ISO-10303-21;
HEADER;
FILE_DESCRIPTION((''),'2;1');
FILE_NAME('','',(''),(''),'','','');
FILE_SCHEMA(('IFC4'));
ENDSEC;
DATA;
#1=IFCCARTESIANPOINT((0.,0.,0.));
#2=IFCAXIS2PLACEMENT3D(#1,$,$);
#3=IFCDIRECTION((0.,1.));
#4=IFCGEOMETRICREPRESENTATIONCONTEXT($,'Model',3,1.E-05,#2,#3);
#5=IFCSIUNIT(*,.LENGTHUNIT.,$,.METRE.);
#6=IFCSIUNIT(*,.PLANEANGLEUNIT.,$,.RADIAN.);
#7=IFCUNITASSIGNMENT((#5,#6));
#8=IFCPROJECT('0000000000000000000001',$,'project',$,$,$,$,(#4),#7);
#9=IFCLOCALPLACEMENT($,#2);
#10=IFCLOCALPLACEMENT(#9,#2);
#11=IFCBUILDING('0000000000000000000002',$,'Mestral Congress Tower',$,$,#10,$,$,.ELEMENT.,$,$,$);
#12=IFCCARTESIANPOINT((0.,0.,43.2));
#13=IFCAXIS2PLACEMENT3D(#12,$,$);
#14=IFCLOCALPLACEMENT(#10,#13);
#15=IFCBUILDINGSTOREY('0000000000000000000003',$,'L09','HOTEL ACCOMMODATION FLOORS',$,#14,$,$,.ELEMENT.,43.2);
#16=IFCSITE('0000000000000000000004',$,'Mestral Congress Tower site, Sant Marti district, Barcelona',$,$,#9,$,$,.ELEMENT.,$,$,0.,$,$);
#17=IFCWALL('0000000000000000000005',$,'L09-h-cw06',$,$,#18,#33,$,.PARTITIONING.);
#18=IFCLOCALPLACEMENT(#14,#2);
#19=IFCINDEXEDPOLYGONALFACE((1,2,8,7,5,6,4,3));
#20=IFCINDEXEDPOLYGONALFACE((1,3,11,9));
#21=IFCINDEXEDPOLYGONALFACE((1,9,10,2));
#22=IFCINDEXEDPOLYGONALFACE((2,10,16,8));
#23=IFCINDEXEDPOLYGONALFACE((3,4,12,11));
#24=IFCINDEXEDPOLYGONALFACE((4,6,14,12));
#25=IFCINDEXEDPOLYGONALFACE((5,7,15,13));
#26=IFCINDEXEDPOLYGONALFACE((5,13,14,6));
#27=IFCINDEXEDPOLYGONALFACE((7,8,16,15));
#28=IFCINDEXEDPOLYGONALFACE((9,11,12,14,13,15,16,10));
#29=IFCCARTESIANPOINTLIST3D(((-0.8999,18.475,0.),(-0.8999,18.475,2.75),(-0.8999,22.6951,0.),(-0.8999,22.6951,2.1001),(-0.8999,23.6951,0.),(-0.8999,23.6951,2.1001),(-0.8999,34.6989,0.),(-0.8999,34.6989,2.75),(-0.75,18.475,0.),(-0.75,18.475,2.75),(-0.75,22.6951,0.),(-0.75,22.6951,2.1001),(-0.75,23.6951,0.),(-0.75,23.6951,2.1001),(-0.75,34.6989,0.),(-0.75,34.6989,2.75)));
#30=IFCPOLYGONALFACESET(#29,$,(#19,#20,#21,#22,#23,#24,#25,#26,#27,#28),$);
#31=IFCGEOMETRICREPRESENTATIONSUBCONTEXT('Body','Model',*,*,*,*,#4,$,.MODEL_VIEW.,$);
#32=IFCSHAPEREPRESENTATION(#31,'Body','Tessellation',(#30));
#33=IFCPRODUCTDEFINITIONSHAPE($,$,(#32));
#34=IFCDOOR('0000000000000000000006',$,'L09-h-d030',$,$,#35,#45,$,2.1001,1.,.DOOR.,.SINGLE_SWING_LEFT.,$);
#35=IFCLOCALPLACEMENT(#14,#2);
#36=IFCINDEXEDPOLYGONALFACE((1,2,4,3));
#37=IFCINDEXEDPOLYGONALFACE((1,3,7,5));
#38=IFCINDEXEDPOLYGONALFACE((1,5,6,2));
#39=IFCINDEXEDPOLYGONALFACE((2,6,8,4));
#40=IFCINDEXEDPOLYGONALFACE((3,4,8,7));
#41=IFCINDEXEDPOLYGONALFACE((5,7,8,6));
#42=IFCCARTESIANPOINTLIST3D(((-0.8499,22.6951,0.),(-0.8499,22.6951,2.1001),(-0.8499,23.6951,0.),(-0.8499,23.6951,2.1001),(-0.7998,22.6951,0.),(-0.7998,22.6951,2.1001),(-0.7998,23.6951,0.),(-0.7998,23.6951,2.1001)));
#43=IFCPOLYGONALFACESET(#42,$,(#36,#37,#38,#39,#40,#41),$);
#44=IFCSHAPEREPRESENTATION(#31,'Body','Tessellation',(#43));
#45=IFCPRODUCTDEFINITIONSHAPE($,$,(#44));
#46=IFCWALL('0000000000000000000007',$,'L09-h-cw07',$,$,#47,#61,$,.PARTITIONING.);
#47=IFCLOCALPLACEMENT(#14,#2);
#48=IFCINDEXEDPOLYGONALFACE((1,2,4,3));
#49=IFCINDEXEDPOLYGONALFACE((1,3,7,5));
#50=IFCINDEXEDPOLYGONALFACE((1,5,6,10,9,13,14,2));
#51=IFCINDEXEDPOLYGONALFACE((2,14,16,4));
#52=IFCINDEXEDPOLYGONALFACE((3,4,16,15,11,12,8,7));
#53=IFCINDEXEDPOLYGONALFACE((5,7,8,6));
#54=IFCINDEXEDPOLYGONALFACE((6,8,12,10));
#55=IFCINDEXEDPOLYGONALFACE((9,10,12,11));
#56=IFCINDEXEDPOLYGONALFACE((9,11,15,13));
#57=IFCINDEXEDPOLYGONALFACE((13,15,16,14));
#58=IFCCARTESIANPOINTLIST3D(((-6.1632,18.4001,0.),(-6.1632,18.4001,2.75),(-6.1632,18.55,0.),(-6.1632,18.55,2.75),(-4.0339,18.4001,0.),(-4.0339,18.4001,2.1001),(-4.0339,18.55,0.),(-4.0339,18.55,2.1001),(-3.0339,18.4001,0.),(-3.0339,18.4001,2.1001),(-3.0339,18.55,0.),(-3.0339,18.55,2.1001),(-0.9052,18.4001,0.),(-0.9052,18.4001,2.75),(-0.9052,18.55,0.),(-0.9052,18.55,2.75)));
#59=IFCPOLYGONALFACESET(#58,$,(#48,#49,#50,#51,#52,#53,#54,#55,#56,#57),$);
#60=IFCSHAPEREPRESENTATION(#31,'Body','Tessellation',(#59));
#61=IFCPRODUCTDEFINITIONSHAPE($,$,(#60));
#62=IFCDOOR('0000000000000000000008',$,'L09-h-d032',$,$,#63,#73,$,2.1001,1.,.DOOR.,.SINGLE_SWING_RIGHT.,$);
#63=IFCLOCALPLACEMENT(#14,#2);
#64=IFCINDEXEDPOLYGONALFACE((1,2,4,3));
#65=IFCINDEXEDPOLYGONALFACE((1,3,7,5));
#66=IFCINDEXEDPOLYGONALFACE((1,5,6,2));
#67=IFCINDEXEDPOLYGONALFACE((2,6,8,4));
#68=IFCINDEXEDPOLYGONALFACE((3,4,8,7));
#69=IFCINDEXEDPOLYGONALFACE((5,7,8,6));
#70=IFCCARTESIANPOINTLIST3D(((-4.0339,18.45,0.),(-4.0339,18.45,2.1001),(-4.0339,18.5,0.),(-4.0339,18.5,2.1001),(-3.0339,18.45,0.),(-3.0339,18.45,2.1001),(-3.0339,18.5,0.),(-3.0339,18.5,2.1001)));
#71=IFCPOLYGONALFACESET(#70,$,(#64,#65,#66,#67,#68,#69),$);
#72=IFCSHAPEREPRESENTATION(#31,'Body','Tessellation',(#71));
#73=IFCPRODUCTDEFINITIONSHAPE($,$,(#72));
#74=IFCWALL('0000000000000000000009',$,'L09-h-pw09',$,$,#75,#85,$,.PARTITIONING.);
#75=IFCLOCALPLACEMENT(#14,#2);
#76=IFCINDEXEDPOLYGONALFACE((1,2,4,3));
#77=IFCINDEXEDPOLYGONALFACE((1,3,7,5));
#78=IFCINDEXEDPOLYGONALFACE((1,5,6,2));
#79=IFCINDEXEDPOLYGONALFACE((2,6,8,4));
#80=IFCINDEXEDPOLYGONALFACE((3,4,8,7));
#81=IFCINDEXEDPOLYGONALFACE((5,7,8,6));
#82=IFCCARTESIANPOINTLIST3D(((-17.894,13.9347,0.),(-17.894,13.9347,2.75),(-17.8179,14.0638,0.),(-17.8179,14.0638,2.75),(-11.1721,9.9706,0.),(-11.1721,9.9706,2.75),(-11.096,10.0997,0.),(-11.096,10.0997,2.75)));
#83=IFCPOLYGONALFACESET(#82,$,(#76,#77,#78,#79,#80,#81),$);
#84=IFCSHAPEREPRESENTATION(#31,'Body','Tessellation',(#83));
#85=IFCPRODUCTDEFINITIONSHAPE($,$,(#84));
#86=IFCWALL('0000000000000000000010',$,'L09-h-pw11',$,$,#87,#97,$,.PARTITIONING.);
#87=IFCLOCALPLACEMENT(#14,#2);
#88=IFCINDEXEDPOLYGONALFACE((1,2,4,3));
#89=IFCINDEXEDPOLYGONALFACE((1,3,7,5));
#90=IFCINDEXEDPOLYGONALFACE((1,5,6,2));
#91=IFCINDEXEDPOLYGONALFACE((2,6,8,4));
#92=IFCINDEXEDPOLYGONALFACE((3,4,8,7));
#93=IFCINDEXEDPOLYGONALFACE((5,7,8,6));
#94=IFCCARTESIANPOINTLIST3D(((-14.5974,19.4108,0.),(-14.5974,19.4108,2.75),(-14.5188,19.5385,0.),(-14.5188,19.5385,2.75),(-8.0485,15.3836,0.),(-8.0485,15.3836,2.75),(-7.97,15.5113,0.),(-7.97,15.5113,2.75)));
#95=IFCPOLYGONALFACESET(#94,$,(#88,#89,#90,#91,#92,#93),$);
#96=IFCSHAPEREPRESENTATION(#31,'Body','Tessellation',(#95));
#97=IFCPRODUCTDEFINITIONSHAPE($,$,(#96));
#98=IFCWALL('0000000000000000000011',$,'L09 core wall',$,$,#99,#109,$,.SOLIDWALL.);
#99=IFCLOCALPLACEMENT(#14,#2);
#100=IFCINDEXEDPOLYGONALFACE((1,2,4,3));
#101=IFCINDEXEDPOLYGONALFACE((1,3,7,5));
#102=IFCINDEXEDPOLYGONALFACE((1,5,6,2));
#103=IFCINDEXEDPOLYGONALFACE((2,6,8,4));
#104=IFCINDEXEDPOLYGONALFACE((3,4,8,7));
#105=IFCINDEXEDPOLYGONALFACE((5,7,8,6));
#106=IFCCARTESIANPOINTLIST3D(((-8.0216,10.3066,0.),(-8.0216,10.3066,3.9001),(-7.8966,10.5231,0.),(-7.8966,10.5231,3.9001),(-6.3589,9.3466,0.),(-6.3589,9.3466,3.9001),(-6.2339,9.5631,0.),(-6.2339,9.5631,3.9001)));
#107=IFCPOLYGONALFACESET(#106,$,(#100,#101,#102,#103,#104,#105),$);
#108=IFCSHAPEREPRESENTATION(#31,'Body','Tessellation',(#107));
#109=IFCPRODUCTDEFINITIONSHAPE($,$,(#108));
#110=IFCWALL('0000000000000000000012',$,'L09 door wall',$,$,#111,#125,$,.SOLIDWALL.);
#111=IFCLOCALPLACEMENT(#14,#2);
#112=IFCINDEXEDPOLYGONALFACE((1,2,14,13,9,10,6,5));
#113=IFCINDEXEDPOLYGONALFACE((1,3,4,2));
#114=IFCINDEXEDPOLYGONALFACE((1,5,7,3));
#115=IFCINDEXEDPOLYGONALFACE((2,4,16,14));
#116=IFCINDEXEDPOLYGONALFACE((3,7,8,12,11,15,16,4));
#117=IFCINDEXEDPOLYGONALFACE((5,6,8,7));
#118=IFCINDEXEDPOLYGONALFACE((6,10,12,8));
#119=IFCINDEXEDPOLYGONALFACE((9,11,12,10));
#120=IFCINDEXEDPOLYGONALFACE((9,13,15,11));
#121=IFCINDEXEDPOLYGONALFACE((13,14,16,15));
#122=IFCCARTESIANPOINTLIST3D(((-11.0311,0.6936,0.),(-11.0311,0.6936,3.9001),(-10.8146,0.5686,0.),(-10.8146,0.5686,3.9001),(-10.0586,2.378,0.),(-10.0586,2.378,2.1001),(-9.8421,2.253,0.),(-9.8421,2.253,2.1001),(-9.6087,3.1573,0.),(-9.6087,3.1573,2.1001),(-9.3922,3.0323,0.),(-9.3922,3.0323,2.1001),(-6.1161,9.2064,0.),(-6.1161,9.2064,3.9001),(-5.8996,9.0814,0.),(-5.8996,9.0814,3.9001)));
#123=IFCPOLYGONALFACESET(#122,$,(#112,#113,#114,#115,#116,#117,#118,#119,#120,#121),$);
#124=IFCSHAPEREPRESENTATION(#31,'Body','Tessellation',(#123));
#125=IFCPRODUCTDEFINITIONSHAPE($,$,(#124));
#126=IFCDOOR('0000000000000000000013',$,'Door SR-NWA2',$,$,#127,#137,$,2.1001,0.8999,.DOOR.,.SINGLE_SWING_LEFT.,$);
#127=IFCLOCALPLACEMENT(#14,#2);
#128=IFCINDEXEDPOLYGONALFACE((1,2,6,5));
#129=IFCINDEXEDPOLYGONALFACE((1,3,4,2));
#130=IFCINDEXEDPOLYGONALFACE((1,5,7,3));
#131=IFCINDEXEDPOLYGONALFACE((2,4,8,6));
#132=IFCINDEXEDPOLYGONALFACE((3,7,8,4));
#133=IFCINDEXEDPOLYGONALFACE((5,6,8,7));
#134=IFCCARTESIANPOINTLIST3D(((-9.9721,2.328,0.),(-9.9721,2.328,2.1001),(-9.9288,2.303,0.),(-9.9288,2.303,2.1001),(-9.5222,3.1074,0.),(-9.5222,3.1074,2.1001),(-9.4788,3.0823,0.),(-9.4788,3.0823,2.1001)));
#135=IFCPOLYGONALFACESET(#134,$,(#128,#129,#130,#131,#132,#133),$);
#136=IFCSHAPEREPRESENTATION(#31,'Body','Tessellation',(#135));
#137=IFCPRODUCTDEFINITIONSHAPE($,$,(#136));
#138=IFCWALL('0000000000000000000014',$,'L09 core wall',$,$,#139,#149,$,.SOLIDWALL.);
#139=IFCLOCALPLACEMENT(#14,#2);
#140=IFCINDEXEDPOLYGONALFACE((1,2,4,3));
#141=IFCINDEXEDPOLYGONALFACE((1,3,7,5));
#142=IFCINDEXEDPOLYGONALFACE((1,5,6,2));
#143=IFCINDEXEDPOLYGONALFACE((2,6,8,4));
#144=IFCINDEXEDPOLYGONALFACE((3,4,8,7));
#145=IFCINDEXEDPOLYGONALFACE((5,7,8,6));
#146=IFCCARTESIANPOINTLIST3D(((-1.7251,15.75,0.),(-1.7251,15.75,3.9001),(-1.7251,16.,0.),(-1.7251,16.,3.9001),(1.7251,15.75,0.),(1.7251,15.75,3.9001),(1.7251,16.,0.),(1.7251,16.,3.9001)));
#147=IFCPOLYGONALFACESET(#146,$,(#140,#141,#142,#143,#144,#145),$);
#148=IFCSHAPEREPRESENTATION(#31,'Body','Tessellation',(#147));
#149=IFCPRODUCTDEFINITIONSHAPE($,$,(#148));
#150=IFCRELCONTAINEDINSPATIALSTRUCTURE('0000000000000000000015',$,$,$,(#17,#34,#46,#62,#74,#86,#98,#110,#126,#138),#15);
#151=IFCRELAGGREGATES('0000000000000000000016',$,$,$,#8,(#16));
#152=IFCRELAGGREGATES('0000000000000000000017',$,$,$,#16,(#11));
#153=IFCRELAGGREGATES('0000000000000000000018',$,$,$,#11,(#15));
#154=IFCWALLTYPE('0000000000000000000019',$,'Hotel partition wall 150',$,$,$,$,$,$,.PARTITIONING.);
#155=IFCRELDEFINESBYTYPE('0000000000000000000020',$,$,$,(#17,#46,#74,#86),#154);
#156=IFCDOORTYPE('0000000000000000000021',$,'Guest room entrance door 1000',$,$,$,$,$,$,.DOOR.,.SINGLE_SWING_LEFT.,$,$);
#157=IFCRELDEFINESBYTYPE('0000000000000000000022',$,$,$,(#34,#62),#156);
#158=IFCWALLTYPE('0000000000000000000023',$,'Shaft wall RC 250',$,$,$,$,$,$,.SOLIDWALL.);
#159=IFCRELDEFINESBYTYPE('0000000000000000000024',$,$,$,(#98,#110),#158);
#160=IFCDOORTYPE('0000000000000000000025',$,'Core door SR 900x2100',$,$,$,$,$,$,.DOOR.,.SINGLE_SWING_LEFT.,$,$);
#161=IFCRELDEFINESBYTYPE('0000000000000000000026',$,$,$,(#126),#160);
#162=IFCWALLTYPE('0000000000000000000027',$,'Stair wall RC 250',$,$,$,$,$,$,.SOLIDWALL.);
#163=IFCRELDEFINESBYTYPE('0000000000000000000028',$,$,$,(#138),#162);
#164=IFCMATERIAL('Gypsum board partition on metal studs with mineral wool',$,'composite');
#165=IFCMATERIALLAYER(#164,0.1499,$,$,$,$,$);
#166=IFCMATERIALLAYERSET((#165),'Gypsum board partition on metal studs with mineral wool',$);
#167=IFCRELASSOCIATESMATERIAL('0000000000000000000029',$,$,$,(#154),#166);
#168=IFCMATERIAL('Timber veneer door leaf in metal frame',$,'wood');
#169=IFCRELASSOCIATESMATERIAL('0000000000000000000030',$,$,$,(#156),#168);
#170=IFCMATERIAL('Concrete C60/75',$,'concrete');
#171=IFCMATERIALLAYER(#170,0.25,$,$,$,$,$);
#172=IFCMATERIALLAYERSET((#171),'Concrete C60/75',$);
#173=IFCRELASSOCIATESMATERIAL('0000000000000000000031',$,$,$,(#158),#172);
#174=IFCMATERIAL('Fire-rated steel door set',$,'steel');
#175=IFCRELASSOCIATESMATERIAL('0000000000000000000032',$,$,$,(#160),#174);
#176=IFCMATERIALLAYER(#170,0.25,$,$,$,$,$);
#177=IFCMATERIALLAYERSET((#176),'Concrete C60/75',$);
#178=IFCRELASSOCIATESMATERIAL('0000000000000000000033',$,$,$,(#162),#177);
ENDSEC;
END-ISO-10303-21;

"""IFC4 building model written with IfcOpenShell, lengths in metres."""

from ifc_helpers import new_model, si_unit, direction, frame, frame_2d, origin, place, context, subcontext, project, spatial, rectangle, extrude, material, layer, layer_set, type_object, element, fill, save


model = new_model("IFC4")

# Units and contexts
model_context = context("Model", 3, precision=1e-05, world=origin(), true_north=direction((0.0, 1.0)))
body_context = subcontext(model_context, "Body", "Model", "MODEL_VIEW")
ifc_project = project(units=[si_unit("LENGTHUNIT", "METRE"), si_unit("PLANEANGLEUNIT", "RADIAN")], contexts=[model_context])

# Site, building, storey
site_placement = place(None, origin())
site = spatial("IfcSite", under=ifc_project, at=site_placement, Name="Mestral Congress Tower site, Sant Marti district, Barcelona", CompositionType="ELEMENT", RefElevation=0.0)
building_placement = place(site_placement, origin())
building = spatial("IfcBuilding", under=site, at=building_placement, Name="Mestral Congress Tower", CompositionType="ELEMENT")
storey_placement = place(building_placement, frame((0.0, 0.0, 43.2)))
storey = spatial("IfcBuildingStorey", under=building, at=storey_placement, Name="L09", Description="HOTEL ACCOMMODATION FLOORS", CompositionType="ELEMENT", Elevation=43.2)

# Shared definitions
ifc_material_1 = material(Name="Concrete C60/75", Category="concrete")

# Shared definitions
ifc_material_2 = material(Name="Gypsum board partition on metal studs with mineral wool", Category="composite")

# Walls, openings, doors
ifc_layer_1 = layer(ifc_material_2, 0.1499)
ifc_layer_set_1 = layer_set([ifc_layer_1], Name="Gypsum board partition on metal studs with mineral wool")
wall_type_1 = type_object("IfcWallType", Name="Hotel partition wall 150", PredefinedType="PARTITIONING", material=ifc_layer_set_1)
wall_1_placement = place(storey_placement, frame((-0.825, 18.4751, 0.0), z_axis=(0.0, 0.0, 1.0), x_axis=(0.0, 1.0, 0.0)))
wall_1 = element("IfcWall", 1, at=wall_1_placement, inside=storey, type_object=wall_type_1, Name="L09-h-cw06", PredefinedType="PARTITIONING", context=body_context, shape_type="SweptSolid", body=[
    extrude(rectangle(XDim=16.2239, YDim=0.1499, at=frame_2d((8.1118, 0.0))), origin(), (0.0, 0.0, 1.0), 2.75),
])
opening_1_placement = place(wall_1_placement, frame((4.22, 0.0, 0.0)))
opening_1 = element("IfcOpeningElement", 2, at=opening_1_placement, cuts=wall_1, PredefinedType="OPENING", context=body_context, shape_type="SweptSolid", body=[
    extrude(rectangle(XDim=1.0, YDim=2.1001, at=frame_2d((0.5, 1.05))), frame((0.0, 0.085, 0.0), z_axis=(0.0, -1.0, 0.0), x_axis=(1.0, 0.0, 0.0)), (0.0, 0.0, 1.0), 0.1699),
])
ifc_material_3 = material(Name="Timber veneer door leaf in metal frame", Category="wood")
door_type_1 = type_object("IfcDoorType", Name="Guest room entrance door 1000", OperationType="SINGLE_SWING_LEFT", PredefinedType="DOOR", material=ifc_material_3)
door_1_placement = place(opening_1_placement, origin())
door_1 = element("IfcDoor", 3, at=door_1_placement, inside=storey, type_object=door_type_1, Name="L09-h-d030", OperationType="SINGLE_SWING_LEFT", OverallHeight=2.1001, OverallWidth=1.0, PredefinedType="DOOR", context=body_context, shape_type="SweptSolid", body=[
    extrude(rectangle(XDim=1.0, YDim=2.1001, at=frame_2d((0.5, 1.05))), frame((0.0, 0.0249, 0.0), z_axis=(0.0, -1.0, 0.0), x_axis=(1.0, 0.0, 0.0)), (0.0, 0.0, 1.0), 0.05),
])
fill(opening_1, door_1)
wall_2_placement = place(storey_placement, frame((-6.1631, 18.4751, 0.0), z_axis=(0.0, 0.0, 1.0), x_axis=(1.0, 0.0, 0.0)))
wall_2 = element("IfcWall", 4, at=wall_2_placement, inside=storey, type_object=wall_type_1, Name="L09-h-cw07", PredefinedType="PARTITIONING", context=body_context, shape_type="SweptSolid", body=[
    extrude(rectangle(XDim=5.2581, YDim=0.1499, at=frame_2d((2.6289, 0.0))), origin(), (0.0, 0.0, 1.0), 2.75),
])
opening_2_placement = place(wall_2_placement, frame((2.1292, 0.0, 0.0)))
opening_2 = element("IfcOpeningElement", 5, at=opening_2_placement, cuts=wall_2, PredefinedType="OPENING", context=body_context, shape_type="SweptSolid", body=[
    extrude(rectangle(XDim=1.0, YDim=2.1001, at=frame_2d((0.5, 1.05))), frame((0.0, 0.085, 0.0), z_axis=(0.0, -1.0, 0.0), x_axis=(1.0, 0.0, 0.0)), (0.0, 0.0, 1.0), 0.1699),
])
door_2_placement = place(opening_2_placement, origin())
door_2 = element("IfcDoor", 6, at=door_2_placement, inside=storey, type_object=door_type_1, Name="L09-h-d032", OperationType="SINGLE_SWING_RIGHT", OverallHeight=2.1001, OverallWidth=1.0, PredefinedType="DOOR", context=body_context, shape_type="SweptSolid", body=[
    extrude(rectangle(XDim=1.0, YDim=2.1001, at=frame_2d((0.5, 1.05))), frame((0.0, 0.0249, 0.0), z_axis=(0.0, -1.0, 0.0), x_axis=(1.0, 0.0, 0.0)), (0.0, 0.0, 1.0), 0.05),
])
fill(opening_2, door_2)

# Walls
wall_3_placement = place(storey_placement, frame((-17.856, 13.9993, 0.0), z_axis=(0.0, 0.0, 1.0), x_axis=(0.861372, -0.507975, 0.0)))
element("IfcWall", 7, at=wall_3_placement, inside=storey, type_object=wall_type_1, Name="L09-h-pw09", PredefinedType="PARTITIONING", context=body_context, shape_type="SweptSolid", body=[
    extrude(rectangle(XDim=7.8037, YDim=0.1499, at=frame_2d((3.9019, 0.0))), origin(), (0.0, 0.0, 1.0), 2.75),
])
wall_4_placement = place(storey_placement, frame((-14.5581, 19.4746, 0.0), z_axis=(0.0, 0.0, 1.0), x_axis=(0.851829, -0.523819, 0.0)))
element("IfcWall", 8, at=wall_4_placement, inside=storey, type_object=wall_type_1, Name="L09-h-pw11", PredefinedType="PARTITIONING", context=body_context, shape_type="SweptSolid", body=[
    extrude(rectangle(XDim=7.688, YDim=0.1499, at=frame_2d((3.844, 0.0))), origin(), (0.0, 0.0, 1.0), 2.75),
])
ifc_layer_2 = layer(ifc_material_1, 0.25)
ifc_layer_set_2 = layer_set([ifc_layer_2], Name="Concrete C60/75")
wall_type_2 = type_object("IfcWallType", Name="Shaft wall RC 250", PredefinedType="SOLIDWALL", material=ifc_layer_set_2)
wall_5_placement = place(storey_placement, frame((-6.2964, 9.4548, 0.0), z_axis=(0.0, 0.0, 1.0), x_axis=(-0.866012, 0.500023, 0.0)))
element("IfcWall", 9, at=wall_5_placement, inside=storey, type_object=wall_type_2, Name="L09 core wall", PredefinedType="SOLIDWALL", context=body_context, shape_type="SweptSolid", body=[
    extrude(rectangle(XDim=1.9199, YDim=0.25, at=frame_2d((0.96, 0.0))), origin(), (0.0, 0.0, 1.0), 3.9001),
])

# Wall, opening, door
wall_6_placement = place(storey_placement, frame((-6.0078, 9.144, 0.0), z_axis=(0.0, 0.0, 1.0), x_axis=(-0.500007, -0.866021, 0.0)))
wall_6 = element("IfcWall", 10, at=wall_6_placement, inside=storey, type_object=wall_type_2, Name="L09 door wall", PredefinedType="SOLIDWALL", context=body_context, shape_type="SweptSolid", body=[
    extrude(rectangle(XDim=9.8298, YDim=0.25, at=frame_2d((4.915, 0.0))), origin(), (0.0, 0.0, 1.0), 3.9001),
])
opening_3_placement = place(wall_6_placement, frame((6.9851, 0.0, 0.0)))
opening_3 = element("IfcOpeningElement", 11, at=opening_3_placement, cuts=wall_6, PredefinedType="OPENING", context=body_context, shape_type="SweptSolid", body=[
    extrude(rectangle(XDim=0.8999, YDim=2.1001, at=frame_2d((0.45, 1.05))), frame((0.0, 0.135, 0.0), z_axis=(0.0, -1.0, 0.0), x_axis=(1.0, 0.0, 0.0)), (0.0, 0.0, 1.0), 0.27),
])
ifc_material_4 = material(Name="Fire-rated steel door set", Category="steel")
door_type_2 = type_object("IfcDoorType", Name="Core door SR 900x2100", OperationType="SINGLE_SWING_LEFT", PredefinedType="DOOR", material=ifc_material_4)
door_3_placement = place(opening_3_placement, origin())
door_3 = element("IfcDoor", 12, at=door_3_placement, inside=storey, type_object=door_type_2, Name="Door SR-NWA2", OperationType="SINGLE_SWING_LEFT", OverallHeight=2.1001, OverallWidth=0.8999, PredefinedType="DOOR", context=body_context, shape_type="SweptSolid", body=[
    extrude(rectangle(XDim=0.8999, YDim=2.1001, at=frame_2d((0.45, 1.05))), frame((0.0, 0.0249, 0.0), z_axis=(0.0, -1.0, 0.0), x_axis=(1.0, 0.0, 0.0)), (0.0, 0.0, 1.0), 0.05),
])
fill(opening_3, door_3)

# Wall
ifc_layer_3 = layer(ifc_material_1, 0.25)
ifc_layer_set_3 = layer_set([ifc_layer_3], Name="Concrete C60/75")
wall_type_3 = type_object("IfcWallType", Name="Stair wall RC 250", PredefinedType="SOLIDWALL", material=ifc_layer_set_3)
wall_7_placement = place(storey_placement, frame((-1.7251, 15.875, 0.0), z_axis=(0.0, 0.0, 1.0), x_axis=(1.0, 0.0, 0.0)))
element("IfcWall", 13, at=wall_7_placement, inside=storey, type_object=wall_type_3, Name="L09 core wall", PredefinedType="SOLIDWALL", context=body_context, shape_type="SweptSolid", body=[
    extrude(rectangle(XDim=3.4502, YDim=0.25, at=frame_2d((1.7251, 0.0))), origin(), (0.0, 0.0, 1.0), 3.9001),
])

save(model, "model.ifc")
